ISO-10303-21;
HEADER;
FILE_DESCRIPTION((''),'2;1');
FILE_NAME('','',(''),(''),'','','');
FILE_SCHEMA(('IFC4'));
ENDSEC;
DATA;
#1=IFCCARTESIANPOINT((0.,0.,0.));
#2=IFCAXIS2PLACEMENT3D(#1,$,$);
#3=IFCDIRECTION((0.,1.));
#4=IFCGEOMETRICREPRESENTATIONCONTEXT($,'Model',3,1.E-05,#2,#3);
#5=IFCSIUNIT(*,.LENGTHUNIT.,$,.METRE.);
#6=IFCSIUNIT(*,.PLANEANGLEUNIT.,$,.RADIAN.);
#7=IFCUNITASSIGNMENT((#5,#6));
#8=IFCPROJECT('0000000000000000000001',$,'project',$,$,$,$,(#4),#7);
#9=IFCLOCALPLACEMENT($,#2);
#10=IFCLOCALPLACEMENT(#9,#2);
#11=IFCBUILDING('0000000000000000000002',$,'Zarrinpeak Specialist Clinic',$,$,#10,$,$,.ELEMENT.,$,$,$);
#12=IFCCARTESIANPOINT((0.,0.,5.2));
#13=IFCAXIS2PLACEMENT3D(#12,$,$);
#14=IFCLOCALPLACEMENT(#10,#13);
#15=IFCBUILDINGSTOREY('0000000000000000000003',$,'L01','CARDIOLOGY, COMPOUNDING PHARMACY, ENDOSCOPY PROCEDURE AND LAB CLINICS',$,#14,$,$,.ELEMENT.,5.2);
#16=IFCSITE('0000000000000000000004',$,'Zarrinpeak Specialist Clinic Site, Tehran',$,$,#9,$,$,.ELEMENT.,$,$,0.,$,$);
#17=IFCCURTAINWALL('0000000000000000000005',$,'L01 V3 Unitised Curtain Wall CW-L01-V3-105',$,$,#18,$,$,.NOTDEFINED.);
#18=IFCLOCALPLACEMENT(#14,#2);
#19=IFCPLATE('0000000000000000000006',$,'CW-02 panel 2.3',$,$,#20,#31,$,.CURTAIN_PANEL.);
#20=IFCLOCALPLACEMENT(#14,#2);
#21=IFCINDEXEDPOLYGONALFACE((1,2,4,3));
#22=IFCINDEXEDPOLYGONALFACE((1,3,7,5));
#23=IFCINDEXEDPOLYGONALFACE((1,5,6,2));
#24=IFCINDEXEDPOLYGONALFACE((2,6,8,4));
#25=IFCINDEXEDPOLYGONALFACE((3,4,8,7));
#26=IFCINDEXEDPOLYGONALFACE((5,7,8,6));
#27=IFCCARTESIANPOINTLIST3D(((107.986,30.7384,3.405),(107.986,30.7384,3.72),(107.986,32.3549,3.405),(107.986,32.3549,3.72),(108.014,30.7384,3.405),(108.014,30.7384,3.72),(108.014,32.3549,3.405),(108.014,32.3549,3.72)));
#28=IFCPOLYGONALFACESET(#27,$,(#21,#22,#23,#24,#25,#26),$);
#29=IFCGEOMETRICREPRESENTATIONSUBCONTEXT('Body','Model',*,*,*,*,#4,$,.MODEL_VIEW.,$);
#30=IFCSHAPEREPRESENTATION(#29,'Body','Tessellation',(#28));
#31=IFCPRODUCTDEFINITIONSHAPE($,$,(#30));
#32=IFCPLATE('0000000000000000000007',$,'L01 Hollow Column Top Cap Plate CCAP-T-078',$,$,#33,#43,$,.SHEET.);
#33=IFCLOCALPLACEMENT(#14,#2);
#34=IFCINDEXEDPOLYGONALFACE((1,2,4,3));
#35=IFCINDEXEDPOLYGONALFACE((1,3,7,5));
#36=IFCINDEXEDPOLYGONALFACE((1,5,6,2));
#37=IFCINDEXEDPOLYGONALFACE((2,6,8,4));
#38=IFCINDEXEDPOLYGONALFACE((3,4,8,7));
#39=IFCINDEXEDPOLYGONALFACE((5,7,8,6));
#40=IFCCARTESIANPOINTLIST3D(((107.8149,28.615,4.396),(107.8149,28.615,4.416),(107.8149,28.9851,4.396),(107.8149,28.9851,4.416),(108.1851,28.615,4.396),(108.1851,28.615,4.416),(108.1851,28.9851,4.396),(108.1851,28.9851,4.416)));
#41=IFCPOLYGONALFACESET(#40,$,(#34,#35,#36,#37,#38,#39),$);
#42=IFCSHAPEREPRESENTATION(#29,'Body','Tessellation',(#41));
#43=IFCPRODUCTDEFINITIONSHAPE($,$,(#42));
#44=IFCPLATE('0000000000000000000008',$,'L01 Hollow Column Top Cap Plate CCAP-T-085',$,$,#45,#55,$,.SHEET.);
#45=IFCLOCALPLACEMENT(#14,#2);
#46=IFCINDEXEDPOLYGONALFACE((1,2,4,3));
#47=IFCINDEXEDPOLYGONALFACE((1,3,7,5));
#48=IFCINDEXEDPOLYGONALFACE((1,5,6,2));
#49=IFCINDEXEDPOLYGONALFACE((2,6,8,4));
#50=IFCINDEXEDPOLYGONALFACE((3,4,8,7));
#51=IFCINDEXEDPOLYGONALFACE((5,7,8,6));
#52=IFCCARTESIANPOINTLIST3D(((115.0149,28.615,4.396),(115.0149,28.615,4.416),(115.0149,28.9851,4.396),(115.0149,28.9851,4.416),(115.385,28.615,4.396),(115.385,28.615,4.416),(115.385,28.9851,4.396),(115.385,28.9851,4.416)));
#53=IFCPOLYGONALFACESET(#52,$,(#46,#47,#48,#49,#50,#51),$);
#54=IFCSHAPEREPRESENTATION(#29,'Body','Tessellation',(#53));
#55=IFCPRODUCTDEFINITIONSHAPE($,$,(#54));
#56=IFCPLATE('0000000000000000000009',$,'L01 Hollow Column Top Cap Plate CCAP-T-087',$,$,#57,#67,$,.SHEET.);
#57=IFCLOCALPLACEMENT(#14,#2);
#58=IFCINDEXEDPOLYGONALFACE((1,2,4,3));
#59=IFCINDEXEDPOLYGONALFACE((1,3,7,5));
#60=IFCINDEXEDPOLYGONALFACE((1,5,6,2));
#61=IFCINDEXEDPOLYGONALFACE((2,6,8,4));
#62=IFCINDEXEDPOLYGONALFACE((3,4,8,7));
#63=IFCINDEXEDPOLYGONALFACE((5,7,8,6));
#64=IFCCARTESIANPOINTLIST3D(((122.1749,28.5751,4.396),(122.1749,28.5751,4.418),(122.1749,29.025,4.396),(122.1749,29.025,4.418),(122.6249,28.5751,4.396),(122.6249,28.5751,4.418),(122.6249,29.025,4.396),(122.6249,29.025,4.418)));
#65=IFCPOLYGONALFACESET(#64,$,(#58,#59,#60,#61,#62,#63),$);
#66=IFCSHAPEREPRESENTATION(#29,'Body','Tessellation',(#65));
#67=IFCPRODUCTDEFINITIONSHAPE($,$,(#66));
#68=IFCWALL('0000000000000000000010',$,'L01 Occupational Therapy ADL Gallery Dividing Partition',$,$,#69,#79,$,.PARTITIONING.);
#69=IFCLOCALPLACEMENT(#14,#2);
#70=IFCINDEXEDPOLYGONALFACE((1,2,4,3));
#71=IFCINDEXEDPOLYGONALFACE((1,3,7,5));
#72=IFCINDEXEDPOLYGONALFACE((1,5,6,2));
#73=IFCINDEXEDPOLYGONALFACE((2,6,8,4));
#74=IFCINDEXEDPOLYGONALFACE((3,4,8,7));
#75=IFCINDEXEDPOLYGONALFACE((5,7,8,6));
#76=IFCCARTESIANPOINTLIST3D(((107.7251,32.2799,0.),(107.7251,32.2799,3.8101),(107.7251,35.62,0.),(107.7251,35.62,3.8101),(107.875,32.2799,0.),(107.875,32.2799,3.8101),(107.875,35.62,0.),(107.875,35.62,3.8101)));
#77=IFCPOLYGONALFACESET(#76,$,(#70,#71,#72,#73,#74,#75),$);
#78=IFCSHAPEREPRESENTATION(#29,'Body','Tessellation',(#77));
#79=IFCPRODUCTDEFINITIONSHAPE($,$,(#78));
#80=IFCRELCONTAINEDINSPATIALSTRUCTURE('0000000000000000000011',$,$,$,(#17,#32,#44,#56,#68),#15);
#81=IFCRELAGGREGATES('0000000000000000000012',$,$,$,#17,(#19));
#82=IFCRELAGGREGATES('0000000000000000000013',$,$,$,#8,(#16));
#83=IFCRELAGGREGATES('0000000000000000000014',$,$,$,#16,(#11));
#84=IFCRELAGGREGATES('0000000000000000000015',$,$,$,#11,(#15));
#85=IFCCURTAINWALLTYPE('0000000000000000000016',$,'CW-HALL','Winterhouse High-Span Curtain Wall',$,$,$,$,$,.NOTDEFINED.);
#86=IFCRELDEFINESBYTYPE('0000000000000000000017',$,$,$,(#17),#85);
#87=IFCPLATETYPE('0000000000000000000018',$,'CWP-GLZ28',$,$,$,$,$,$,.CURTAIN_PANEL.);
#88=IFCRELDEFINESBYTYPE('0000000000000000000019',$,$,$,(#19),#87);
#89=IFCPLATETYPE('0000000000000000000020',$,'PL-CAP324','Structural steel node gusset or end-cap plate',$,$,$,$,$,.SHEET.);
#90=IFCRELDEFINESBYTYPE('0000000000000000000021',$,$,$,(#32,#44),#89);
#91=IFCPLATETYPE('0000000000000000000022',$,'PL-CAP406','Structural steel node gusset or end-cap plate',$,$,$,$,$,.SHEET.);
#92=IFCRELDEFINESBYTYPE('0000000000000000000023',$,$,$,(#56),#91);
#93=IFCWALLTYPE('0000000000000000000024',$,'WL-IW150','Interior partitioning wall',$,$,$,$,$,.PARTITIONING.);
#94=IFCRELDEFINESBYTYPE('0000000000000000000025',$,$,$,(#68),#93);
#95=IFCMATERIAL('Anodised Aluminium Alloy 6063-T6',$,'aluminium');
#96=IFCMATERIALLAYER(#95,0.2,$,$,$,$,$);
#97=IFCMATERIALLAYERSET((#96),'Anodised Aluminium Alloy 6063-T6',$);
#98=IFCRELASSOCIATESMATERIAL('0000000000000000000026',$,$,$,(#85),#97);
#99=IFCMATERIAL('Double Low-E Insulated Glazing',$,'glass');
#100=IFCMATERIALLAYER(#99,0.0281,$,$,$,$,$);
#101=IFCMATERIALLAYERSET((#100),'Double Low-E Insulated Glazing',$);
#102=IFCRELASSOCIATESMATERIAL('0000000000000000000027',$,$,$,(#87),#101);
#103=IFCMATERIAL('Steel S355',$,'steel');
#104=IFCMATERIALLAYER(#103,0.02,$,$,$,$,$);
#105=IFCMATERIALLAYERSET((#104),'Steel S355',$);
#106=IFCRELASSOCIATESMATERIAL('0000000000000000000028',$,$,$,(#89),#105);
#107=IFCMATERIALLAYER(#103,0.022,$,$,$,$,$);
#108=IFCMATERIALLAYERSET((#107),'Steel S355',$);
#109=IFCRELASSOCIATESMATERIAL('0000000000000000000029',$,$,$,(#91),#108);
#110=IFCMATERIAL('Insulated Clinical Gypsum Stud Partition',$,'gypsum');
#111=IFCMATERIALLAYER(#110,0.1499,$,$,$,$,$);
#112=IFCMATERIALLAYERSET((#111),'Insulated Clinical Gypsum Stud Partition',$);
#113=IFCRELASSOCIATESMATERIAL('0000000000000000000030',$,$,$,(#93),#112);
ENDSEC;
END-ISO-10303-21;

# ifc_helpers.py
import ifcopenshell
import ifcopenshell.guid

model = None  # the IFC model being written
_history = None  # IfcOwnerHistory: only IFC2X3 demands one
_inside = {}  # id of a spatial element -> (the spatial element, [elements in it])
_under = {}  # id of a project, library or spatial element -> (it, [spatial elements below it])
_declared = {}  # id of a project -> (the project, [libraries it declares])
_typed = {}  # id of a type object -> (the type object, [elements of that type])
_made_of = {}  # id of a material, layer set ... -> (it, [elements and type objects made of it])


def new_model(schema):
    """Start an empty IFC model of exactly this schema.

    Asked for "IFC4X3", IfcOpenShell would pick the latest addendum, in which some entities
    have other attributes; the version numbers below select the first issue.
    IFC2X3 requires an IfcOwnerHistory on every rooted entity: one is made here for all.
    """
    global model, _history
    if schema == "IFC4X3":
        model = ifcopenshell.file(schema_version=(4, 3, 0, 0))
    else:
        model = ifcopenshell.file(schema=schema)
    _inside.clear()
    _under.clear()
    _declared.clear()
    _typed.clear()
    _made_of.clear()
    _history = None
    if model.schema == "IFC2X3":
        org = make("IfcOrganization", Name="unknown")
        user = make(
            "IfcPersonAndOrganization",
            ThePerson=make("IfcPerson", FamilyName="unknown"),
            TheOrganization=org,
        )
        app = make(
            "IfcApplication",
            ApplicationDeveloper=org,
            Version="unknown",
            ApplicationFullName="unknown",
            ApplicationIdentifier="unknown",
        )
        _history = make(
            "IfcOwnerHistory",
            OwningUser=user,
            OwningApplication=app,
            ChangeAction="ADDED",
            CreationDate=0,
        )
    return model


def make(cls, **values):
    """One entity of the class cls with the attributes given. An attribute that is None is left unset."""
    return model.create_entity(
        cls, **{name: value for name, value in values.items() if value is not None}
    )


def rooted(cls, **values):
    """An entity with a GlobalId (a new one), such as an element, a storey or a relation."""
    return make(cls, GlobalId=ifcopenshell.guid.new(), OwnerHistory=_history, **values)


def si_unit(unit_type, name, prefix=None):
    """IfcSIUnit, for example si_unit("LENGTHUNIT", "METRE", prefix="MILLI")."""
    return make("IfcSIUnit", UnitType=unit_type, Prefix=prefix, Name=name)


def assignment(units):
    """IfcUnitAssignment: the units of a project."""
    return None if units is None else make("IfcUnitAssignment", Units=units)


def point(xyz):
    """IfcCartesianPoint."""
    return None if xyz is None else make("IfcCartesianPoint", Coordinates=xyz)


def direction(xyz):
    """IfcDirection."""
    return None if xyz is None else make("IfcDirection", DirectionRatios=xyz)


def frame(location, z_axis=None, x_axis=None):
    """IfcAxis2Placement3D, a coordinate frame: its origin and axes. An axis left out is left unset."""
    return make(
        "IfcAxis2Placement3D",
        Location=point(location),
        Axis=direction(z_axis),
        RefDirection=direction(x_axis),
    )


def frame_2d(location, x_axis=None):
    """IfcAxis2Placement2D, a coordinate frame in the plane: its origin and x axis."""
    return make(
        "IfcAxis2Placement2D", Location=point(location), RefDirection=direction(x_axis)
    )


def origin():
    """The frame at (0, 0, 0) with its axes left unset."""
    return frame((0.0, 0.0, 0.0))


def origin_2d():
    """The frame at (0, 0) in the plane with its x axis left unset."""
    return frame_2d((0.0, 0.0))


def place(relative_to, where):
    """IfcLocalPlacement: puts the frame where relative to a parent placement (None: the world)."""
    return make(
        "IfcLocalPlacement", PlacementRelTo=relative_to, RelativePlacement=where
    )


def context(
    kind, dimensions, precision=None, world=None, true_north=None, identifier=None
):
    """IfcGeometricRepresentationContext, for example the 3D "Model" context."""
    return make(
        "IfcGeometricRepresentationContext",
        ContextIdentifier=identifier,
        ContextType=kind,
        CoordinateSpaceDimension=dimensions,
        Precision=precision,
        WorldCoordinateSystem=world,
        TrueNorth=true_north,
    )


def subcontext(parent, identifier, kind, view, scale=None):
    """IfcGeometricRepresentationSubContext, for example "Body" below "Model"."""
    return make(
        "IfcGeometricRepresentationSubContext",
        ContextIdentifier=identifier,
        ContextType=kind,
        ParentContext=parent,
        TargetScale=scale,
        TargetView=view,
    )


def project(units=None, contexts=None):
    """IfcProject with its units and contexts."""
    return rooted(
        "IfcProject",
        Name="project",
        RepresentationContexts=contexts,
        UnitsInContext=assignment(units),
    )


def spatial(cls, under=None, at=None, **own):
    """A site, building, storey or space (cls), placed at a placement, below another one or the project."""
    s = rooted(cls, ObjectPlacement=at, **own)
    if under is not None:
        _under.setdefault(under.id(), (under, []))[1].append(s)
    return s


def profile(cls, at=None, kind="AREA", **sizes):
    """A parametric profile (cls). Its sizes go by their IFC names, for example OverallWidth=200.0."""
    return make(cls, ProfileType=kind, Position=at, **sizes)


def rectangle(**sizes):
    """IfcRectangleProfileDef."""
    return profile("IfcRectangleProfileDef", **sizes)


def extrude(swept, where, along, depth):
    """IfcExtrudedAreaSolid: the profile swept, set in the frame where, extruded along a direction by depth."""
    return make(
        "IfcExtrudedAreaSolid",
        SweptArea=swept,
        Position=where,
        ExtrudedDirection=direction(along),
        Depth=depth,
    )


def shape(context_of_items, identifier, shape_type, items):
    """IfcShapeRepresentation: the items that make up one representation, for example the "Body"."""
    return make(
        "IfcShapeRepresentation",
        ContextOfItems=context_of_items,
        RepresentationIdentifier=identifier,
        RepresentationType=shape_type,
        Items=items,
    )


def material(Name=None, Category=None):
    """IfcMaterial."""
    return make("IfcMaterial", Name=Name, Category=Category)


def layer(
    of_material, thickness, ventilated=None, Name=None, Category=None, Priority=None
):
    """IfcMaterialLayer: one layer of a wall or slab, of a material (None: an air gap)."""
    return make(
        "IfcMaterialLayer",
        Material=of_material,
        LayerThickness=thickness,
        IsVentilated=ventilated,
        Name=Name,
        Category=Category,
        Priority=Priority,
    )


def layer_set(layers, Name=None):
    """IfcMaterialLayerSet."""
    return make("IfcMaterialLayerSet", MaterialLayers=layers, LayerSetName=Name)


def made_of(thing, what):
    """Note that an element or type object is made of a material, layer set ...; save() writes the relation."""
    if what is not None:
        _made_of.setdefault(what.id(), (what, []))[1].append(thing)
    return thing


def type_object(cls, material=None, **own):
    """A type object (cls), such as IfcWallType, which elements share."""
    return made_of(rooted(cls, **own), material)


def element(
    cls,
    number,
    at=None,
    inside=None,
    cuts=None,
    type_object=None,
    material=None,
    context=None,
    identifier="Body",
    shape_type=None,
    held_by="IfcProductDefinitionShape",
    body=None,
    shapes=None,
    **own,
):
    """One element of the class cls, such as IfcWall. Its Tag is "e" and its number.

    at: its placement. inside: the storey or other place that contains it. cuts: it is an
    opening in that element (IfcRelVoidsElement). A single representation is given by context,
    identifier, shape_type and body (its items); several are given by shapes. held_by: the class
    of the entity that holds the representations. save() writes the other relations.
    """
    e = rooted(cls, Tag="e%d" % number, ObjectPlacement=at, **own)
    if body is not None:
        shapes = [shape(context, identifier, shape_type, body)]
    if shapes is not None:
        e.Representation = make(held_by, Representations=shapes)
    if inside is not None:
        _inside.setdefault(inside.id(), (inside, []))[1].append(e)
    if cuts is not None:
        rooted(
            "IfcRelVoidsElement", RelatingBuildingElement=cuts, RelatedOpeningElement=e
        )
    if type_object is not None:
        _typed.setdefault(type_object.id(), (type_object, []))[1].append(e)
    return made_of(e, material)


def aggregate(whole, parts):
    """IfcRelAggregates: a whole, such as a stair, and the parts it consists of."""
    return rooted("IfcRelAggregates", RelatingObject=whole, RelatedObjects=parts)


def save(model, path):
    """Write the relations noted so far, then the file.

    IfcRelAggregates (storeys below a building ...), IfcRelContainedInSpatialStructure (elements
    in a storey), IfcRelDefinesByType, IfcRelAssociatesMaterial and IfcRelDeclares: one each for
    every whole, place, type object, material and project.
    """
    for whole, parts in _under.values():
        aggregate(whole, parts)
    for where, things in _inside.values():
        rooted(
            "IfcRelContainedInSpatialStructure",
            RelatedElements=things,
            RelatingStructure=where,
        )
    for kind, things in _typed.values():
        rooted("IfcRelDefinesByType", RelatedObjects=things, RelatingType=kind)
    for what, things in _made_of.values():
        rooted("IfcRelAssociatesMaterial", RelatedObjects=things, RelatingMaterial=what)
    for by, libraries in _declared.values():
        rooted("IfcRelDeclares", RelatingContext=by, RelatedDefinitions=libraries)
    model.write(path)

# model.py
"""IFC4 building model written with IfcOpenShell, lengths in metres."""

from ifc_helpers import new_model, si_unit, direction, frame, frame_2d, origin, origin_2d, place, context, subcontext, project, spatial, rectangle, extrude, material, layer, layer_set, type_object, element, aggregate, save


model = new_model("IFC4")

# Units and contexts
model_context = context("Model", 3, precision=1e-05, world=origin(), true_north=direction((0.0, 1.0)))
body_context = subcontext(model_context, "Body", "Model", "MODEL_VIEW")
ifc_project = project(units=[si_unit("LENGTHUNIT", "METRE"), si_unit("PLANEANGLEUNIT", "RADIAN")], contexts=[model_context])

# Site, building, storey
site_placement = place(None, origin())
site = spatial("IfcSite", under=ifc_project, at=site_placement, Name="Zarrinpeak Specialist Clinic Site, Tehran", CompositionType="ELEMENT", RefElevation=0.0)
building_placement = place(site_placement, origin())
building = spatial("IfcBuilding", under=site, at=building_placement, Name="Zarrinpeak Specialist Clinic", CompositionType="ELEMENT")
storey_placement = place(building_placement, frame((0.0, 0.0, 5.2)))
storey = spatial("IfcBuildingStorey", under=building, at=storey_placement, Name="L01", Description="CARDIOLOGY, COMPOUNDING PHARMACY, ENDOSCOPY PROCEDURE AND LAB CLINICS", CompositionType="ELEMENT", Elevation=5.2)

# Shared definitions
ifc_material_1 = material(Name="Steel S355", Category="steel")

# Shared definitions
ifc_material_2 = material(Name="Anodised Aluminium Alloy 6063-T6", Category="aluminium")
ifc_layer_1 = layer(ifc_material_2, 0.2)
ifc_layer_set_1 = layer_set([ifc_layer_1], Name="Anodised Aluminium Alloy 6063-T6")
curtain_wall_type = type_object("IfcCurtainWallType", Name="CW-HALL", Description="Winterhouse High-Span Curtain Wall", PredefinedType="NOTDEFINED", material=ifc_layer_set_1)

# Curtain wall
curtain_wall_1_placement = place(storey_placement, origin())
curtain_wall_1 = element("IfcCurtainWall", 1, at=curtain_wall_1_placement, inside=storey, type_object=curtain_wall_type, Name="L01 V3 Unitised Curtain Wall CW-L01-V3-105", PredefinedType="NOTDEFINED")

# Plate
ifc_material_3 = material(Name="Double Low-E Insulated Glazing", Category="glass")
ifc_layer_2 = layer(ifc_material_3, 0.0281)
ifc_layer_set_2 = layer_set([ifc_layer_2], Name="Double Low-E Insulated Glazing")
plate_type_1 = type_object("IfcPlateType", Name="CWP-GLZ28", PredefinedType="CURTAIN_PANEL", material=ifc_layer_set_2)
plate_1_placement = place(storey_placement, frame((108.0, 31.5466, 3.405), z_axis=(0.0, 0.0, 1.0), x_axis=(0.0, 1.0, 0.0)))
plate_1 = element("IfcPlate", 2, at=plate_1_placement, type_object=plate_type_1, Name="CW-02 panel 2.3", PredefinedType="CURTAIN_PANEL", context=body_context, shape_type="SweptSolid", body=[
    extrude(rectangle(XDim=1.6165, YDim=0.0281, at=origin_2d()), origin(), (0.0, 0.0, 1.0), 0.3149),
])
aggregate(curtain_wall_1, [plate_1])

# Plates
ifc_layer_3 = layer(ifc_material_1, 0.02)
ifc_layer_set_3 = layer_set([ifc_layer_3], Name="Steel S355")
plate_type_2 = type_object("IfcPlateType", Name="PL-CAP324", Description="Structural steel node gusset or end-cap plate", PredefinedType="SHEET", material=ifc_layer_set_3)
for number, where, z_axis, x_axis, name in (
    (3, (108.0, 28.8, 4.396), (0.0, 0.0, 1.0), (1.0, 0.0, 0.0), "L01 Hollow Column Top Cap Plate CCAP-T-078"),
    (4, (115.2, 28.8, 4.396), (0.0, 0.0, 1.0), (1.0, 0.0, 0.0), "L01 Hollow Column Top Cap Plate CCAP-T-085"),
):
    element("IfcPlate", number, at=place(storey_placement, frame(where, z_axis=z_axis, x_axis=x_axis)), inside=storey, type_object=plate_type_2, Name=name, PredefinedType="SHEET", context=body_context, shape_type="SweptSolid", body=[
        extrude(rectangle(XDim=0.3701, YDim=0.3701, at=origin_2d()), origin(), (0.0, 0.0, 1.0), 0.02),
    ])
ifc_layer_4 = layer(ifc_material_1, 0.022)
ifc_layer_set_4 = layer_set([ifc_layer_4], Name="Steel S355")
plate_type_3 = type_object("IfcPlateType", Name="PL-CAP406", Description="Structural steel node gusset or end-cap plate", PredefinedType="SHEET", material=ifc_layer_set_4)
plate_2_placement = place(storey_placement, frame((122.3999, 28.8, 4.396), z_axis=(0.0, 0.0, 1.0), x_axis=(1.0, 0.0, 0.0)))
element("IfcPlate", 5, at=plate_2_placement, inside=storey, type_object=plate_type_3, Name="L01 Hollow Column Top Cap Plate CCAP-T-087", PredefinedType="SHEET", context=body_context, shape_type="SweptSolid", body=[
    extrude(rectangle(XDim=0.45, YDim=0.45, at=origin_2d()), origin(), (0.0, 0.0, 1.0), 0.022),
])

# Wall
ifc_material_4 = material(Name="Insulated Clinical Gypsum Stud Partition", Category="gypsum")
ifc_layer_5 = layer(ifc_material_4, 0.1499)
ifc_layer_set_5 = layer_set([ifc_layer_5], Name="Insulated Clinical Gypsum Stud Partition")
wall_type = type_object("IfcWallType", Name="WL-IW150", Description="Interior partitioning wall", PredefinedType="PARTITIONING", material=ifc_layer_set_5)
wall_placement = place(storey_placement, frame((107.8, 32.28, 0.0), z_axis=(0.0, 0.0, 1.0), x_axis=(0.0, 1.0, 0.0)))
element("IfcWall", 6, at=wall_placement, inside=storey, type_object=wall_type, Name="L01 Occupational Therapy ADL Gallery Dividing Partition", PredefinedType="PARTITIONING", context=body_context, shape_type="SweptSolid", body=[
    extrude(rectangle(XDim=3.3401, YDim=0.1499, at=frame_2d((1.6699, 0.0))), origin(), (0.0, 0.0, 1.0), 3.8101),
])

save(model, "model.ifc")
